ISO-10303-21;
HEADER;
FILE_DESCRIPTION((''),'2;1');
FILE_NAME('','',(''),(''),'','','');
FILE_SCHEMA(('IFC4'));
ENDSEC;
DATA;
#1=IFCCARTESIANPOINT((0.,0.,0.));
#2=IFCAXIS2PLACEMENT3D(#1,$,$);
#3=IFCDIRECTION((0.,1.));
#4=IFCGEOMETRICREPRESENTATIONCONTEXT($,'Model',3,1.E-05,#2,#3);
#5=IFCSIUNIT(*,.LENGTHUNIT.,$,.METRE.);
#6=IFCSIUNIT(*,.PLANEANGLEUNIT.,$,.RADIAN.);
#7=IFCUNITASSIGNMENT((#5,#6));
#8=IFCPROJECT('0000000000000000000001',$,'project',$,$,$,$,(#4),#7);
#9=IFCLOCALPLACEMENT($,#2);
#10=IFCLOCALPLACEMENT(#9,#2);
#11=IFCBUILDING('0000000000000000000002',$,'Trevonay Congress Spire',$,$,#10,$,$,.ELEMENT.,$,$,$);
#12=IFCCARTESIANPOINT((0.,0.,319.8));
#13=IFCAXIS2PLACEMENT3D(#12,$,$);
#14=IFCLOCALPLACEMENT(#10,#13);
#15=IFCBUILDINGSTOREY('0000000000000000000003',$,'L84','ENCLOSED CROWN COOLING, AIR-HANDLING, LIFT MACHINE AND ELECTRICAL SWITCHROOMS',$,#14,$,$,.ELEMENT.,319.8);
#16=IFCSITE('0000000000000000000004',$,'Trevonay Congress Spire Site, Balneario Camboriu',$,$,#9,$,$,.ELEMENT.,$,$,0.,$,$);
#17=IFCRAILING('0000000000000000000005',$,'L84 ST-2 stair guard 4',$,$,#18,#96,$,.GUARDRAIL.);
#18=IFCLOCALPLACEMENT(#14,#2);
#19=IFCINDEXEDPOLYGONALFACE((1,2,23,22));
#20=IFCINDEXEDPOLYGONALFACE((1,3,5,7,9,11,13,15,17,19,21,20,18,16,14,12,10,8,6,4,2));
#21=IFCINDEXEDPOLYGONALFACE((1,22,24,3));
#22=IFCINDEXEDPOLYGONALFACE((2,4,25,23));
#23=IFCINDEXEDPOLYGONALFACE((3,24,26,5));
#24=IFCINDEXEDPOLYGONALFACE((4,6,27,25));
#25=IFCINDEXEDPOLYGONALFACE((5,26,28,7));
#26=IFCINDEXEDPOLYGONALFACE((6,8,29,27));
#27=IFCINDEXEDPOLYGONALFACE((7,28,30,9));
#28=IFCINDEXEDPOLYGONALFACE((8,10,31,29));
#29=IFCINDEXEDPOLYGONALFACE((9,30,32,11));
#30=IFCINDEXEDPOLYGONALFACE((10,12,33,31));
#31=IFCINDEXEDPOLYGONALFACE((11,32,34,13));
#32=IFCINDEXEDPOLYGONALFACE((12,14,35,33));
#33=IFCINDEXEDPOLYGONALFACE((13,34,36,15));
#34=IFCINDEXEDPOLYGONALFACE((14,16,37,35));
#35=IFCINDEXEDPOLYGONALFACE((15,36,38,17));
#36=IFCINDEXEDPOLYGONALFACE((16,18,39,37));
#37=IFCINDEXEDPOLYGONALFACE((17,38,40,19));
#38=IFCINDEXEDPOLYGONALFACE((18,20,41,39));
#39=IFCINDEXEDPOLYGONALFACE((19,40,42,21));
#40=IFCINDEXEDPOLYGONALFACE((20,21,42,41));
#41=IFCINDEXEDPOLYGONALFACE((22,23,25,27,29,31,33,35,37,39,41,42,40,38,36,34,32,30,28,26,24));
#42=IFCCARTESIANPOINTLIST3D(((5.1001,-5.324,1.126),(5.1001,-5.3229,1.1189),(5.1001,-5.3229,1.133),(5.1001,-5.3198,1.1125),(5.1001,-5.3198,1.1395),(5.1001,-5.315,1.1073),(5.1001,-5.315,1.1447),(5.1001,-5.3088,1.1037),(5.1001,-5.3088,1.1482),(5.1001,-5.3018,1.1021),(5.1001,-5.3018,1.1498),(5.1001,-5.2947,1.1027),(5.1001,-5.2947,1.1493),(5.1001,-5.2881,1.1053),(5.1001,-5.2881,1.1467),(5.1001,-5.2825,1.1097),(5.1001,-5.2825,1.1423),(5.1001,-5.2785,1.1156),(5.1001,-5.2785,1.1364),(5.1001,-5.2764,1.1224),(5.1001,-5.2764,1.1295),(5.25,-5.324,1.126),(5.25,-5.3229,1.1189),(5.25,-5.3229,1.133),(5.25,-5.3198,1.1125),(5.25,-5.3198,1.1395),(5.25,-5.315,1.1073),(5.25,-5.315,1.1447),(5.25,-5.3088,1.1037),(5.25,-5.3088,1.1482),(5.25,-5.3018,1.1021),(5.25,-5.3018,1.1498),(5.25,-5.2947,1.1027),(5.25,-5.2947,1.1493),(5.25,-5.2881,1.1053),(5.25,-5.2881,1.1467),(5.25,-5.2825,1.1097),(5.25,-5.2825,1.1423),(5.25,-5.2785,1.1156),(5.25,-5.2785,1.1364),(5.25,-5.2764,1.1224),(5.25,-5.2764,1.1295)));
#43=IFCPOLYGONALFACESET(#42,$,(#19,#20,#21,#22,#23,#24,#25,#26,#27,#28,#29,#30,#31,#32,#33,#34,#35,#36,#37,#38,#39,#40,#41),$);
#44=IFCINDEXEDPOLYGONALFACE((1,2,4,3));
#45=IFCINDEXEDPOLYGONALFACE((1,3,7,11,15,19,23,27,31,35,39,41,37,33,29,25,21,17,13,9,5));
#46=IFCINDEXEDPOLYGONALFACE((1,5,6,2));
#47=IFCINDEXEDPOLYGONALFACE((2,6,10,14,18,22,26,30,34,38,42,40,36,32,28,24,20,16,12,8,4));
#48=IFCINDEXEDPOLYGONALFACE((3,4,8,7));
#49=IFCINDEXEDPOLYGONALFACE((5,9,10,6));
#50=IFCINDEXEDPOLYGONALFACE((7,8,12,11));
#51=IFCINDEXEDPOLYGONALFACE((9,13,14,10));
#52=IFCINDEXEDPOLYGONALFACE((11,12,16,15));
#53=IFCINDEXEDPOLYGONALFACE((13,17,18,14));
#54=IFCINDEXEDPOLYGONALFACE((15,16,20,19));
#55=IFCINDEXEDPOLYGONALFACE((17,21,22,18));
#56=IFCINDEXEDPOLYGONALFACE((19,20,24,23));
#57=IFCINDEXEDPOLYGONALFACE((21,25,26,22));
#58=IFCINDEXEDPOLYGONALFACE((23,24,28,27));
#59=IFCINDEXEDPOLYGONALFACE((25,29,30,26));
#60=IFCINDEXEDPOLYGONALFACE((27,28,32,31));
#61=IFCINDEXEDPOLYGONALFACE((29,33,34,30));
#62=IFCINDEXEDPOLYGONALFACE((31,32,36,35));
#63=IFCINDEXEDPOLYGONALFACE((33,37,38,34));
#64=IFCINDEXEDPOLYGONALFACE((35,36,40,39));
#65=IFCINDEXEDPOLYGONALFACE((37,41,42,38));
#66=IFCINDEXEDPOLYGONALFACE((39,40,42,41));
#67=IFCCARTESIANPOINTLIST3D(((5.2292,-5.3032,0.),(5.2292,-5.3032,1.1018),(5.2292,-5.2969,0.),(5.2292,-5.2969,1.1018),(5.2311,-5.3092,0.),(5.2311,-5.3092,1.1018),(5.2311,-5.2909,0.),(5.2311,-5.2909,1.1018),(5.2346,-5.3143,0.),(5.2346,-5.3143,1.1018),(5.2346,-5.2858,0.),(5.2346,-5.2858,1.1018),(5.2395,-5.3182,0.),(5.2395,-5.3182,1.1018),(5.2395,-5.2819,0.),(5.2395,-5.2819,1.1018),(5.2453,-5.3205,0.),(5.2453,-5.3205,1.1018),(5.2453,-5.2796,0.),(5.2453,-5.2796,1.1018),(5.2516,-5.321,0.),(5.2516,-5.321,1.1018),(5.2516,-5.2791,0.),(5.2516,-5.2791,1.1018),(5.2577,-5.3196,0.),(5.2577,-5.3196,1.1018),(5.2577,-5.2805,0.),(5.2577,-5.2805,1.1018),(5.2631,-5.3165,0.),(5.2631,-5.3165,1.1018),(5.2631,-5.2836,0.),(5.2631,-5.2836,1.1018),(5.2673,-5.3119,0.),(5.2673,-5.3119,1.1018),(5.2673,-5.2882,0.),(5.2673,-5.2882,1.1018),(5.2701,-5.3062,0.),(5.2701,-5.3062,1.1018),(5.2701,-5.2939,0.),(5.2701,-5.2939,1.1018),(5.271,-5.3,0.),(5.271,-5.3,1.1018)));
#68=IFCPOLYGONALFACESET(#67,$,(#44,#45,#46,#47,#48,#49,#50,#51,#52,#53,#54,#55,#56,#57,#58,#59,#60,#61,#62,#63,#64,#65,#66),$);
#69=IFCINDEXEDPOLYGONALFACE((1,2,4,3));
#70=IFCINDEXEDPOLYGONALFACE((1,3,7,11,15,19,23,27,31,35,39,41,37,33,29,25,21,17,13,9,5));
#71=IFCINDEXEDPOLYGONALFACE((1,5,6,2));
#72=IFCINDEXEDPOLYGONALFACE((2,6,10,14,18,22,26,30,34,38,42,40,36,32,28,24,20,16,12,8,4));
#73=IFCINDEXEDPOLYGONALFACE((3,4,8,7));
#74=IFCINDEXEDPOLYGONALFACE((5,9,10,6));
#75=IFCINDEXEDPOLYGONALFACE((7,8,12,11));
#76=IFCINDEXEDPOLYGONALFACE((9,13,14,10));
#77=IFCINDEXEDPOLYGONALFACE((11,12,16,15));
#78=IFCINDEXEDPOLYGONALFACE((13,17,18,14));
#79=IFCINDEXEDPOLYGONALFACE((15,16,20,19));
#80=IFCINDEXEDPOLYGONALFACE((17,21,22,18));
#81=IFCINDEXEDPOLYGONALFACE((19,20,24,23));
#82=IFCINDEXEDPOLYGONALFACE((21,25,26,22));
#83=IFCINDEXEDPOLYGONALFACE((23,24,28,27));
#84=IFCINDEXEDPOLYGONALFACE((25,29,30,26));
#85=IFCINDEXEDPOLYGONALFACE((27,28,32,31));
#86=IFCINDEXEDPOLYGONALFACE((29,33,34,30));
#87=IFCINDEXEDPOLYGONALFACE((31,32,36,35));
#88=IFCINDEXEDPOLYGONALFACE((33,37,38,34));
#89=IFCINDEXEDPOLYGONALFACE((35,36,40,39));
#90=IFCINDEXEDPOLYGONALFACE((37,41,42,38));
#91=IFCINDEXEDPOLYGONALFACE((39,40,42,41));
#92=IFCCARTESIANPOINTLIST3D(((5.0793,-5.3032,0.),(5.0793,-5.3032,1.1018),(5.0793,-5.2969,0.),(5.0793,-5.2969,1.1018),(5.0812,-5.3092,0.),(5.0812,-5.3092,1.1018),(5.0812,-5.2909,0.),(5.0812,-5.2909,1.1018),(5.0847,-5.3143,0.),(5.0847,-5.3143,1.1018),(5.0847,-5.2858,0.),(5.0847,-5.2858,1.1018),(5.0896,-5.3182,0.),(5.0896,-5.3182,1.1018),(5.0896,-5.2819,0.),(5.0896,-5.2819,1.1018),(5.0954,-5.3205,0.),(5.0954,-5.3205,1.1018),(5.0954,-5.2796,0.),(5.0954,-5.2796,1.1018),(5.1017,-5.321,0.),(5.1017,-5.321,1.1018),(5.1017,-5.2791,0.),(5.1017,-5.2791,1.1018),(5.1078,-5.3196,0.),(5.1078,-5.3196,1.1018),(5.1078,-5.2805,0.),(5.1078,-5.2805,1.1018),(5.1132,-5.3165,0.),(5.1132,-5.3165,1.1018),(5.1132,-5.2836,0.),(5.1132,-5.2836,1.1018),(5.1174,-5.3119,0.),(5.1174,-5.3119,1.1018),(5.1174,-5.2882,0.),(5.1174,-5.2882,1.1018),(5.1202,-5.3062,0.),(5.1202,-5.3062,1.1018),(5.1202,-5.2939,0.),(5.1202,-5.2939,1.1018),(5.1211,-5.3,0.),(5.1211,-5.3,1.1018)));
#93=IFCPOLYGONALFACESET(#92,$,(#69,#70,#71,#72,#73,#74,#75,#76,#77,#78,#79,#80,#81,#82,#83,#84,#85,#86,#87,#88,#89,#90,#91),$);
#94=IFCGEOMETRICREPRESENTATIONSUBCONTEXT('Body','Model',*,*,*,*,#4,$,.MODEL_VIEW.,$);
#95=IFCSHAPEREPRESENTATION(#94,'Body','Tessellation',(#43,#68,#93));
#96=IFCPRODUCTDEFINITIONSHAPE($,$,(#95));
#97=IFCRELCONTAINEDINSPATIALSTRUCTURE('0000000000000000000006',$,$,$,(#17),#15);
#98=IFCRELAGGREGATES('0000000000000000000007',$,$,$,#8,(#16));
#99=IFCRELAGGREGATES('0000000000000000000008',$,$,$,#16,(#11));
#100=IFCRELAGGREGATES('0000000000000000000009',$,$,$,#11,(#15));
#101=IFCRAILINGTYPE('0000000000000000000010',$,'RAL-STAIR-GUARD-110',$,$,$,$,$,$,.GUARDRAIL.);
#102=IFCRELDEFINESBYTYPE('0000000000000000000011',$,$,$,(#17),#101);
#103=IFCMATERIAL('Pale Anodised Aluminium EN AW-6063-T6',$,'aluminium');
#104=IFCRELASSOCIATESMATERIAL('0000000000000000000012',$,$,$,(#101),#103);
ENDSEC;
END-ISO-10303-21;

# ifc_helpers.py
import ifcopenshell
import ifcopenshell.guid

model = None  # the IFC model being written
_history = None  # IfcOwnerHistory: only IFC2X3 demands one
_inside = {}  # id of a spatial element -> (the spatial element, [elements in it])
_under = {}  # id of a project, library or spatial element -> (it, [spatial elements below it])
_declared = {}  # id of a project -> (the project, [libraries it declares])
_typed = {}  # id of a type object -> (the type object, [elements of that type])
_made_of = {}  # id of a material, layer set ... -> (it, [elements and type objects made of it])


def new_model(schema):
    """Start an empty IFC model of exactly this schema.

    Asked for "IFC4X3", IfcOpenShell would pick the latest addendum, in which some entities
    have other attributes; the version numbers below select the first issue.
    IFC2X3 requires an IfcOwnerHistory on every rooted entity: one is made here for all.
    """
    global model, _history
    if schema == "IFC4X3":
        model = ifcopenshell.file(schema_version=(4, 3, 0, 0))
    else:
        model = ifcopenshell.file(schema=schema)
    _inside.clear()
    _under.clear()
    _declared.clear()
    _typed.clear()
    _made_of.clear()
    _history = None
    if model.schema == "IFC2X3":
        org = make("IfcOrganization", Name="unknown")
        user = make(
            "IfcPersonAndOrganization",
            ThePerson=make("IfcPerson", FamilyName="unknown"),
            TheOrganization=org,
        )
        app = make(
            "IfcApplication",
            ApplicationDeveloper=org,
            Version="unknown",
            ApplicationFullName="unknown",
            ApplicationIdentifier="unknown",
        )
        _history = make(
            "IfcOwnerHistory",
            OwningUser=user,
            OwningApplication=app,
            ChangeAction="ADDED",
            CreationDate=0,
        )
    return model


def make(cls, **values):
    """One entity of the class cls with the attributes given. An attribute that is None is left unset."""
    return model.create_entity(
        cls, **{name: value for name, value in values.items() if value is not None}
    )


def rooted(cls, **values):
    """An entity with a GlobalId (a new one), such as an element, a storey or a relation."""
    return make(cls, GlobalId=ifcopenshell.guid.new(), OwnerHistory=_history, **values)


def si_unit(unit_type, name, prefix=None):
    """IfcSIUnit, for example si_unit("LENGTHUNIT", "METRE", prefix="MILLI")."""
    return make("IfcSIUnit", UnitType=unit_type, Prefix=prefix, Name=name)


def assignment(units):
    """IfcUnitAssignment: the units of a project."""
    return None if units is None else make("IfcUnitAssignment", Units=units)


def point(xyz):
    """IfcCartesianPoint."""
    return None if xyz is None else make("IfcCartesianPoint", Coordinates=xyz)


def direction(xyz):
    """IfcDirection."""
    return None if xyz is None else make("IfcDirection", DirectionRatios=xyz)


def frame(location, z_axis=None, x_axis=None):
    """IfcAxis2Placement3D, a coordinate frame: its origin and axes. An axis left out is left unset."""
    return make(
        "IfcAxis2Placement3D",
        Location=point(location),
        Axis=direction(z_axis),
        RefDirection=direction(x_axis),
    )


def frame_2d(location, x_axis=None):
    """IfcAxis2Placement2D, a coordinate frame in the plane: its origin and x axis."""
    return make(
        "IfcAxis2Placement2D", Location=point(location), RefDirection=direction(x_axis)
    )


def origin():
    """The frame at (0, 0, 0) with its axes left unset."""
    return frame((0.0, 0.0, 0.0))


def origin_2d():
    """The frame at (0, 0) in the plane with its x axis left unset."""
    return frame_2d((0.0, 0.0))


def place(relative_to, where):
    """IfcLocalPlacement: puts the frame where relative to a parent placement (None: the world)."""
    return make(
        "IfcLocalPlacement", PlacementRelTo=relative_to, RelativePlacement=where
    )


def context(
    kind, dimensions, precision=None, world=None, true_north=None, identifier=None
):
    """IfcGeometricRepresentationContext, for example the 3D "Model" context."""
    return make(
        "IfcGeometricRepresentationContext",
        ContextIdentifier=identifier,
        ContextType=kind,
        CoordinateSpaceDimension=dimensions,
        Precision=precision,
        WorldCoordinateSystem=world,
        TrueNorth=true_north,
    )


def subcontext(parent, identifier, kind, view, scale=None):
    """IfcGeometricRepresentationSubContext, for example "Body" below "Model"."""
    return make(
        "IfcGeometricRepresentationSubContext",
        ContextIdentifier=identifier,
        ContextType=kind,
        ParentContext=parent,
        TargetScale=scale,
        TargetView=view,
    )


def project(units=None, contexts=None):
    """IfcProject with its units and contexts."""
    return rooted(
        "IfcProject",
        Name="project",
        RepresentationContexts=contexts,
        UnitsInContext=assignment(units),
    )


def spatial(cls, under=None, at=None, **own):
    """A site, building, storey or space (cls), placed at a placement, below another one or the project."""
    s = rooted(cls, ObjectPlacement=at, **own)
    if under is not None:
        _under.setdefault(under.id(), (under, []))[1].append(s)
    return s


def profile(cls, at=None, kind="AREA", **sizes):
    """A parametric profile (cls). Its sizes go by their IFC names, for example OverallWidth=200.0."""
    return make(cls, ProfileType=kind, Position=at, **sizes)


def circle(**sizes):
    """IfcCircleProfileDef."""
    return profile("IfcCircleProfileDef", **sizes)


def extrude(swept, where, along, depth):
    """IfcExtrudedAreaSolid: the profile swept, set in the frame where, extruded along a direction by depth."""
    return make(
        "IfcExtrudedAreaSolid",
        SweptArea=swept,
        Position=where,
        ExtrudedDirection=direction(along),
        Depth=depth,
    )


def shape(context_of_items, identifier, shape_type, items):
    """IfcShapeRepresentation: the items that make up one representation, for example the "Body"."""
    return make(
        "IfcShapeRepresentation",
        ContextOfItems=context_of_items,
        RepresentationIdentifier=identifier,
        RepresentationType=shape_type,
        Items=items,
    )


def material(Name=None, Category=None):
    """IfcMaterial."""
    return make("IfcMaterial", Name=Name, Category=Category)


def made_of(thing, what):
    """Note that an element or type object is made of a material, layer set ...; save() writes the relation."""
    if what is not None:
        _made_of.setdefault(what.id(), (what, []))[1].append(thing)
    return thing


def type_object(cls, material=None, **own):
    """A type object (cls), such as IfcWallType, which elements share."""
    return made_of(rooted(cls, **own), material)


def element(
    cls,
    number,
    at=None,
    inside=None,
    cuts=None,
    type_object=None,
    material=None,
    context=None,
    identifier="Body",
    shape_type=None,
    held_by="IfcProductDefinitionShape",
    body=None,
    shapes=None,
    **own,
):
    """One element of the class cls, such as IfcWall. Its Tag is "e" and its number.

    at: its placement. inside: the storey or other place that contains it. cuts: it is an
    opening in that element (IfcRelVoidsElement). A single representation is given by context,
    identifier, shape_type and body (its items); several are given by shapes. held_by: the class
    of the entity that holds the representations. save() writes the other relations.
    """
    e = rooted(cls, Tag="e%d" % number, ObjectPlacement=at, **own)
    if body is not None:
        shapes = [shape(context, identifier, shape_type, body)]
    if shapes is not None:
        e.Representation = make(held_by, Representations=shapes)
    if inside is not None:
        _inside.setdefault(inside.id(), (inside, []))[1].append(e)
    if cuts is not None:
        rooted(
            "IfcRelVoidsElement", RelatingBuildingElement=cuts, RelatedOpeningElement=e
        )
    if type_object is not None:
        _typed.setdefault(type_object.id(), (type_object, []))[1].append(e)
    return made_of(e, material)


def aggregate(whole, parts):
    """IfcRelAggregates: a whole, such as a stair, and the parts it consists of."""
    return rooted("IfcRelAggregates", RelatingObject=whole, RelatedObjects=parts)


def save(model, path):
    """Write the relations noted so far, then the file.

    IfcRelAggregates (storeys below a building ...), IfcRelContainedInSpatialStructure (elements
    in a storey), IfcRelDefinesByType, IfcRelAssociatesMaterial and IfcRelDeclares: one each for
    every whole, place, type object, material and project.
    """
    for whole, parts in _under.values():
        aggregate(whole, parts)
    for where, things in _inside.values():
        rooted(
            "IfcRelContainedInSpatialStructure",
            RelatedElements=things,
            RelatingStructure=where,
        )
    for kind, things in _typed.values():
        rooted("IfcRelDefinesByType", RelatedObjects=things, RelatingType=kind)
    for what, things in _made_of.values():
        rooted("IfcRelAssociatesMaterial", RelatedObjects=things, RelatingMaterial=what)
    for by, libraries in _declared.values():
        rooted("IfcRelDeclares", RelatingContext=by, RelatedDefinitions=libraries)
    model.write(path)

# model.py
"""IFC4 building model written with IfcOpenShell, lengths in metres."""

from ifc_helpers import new_model, si_unit, direction, frame, origin, origin_2d, place, context, subcontext, project, spatial, circle, extrude, material, type_object, element, save


model = new_model("IFC4")

# Units and contexts
model_context = context("Model", 3, precision=1e-05, world=origin(), true_north=direction((0.0, 1.0)))
body_context = subcontext(model_context, "Body", "Model", "MODEL_VIEW")
ifc_project = project(units=[si_unit("LENGTHUNIT", "METRE"), si_unit("PLANEANGLEUNIT", "RADIAN")], contexts=[model_context])

# Site, building, storey
site_placement = place(None, origin())
site = spatial("IfcSite", under=ifc_project, at=site_placement, Name="Trevonay Congress Spire Site, Balneario Camboriu", CompositionType="ELEMENT", RefElevation=0.0)
building_placement = place(site_placement, origin())
building = spatial("IfcBuilding", under=site, at=building_placement, Name="Trevonay Congress Spire", CompositionType="ELEMENT")
storey_placement = place(building_placement, frame((0.0, 0.0, 319.8)))
storey = spatial("IfcBuildingStorey", under=building, at=storey_placement, Name="L84", Description="ENCLOSED CROWN COOLING, AIR-HANDLING, LIFT MACHINE AND ELECTRICAL SWITCHROOMS", CompositionType="ELEMENT", Elevation=319.8)

# Shared definitions
ifc_material_1 = material(Name="Pale Anodised Aluminium EN AW-6063-T6", Category="aluminium")

# Railing
railing_type_1 = type_object("IfcRailingType", Name="RAL-STAIR-GUARD-110", PredefinedType="GUARDRAIL", material=ifc_material_1)
railing_1_placement = place(storey_placement, frame((5.25, -5.3, 0.0)))
element("IfcRailing", 1, at=railing_1_placement, inside=storey, type_object=railing_type_1, Name="L84 ST-2 stair guard 4", PredefinedType="GUARDRAIL", context=body_context, shape_type="SweptSolid", body=[
    extrude(circle(Radius=0.0239, at=origin_2d()), frame((0.0, 0.0, 1.126), z_axis=(-1.0, 0.0, 0.0), x_axis=(0.0, -1.0, 0.0)), (0.0, 0.0, 1.0), 0.1499),
    extrude(circle(Radius=0.021, at=origin_2d()), origin(), (0.0, 0.0, 1.0), 1.1018),
    extrude(circle(Radius=0.021, at=origin_2d()), frame((-0.1499, 0.0, 0.0)), (0.0, 0.0, 1.0), 1.1018),
])

save(model, "model.ifc")
